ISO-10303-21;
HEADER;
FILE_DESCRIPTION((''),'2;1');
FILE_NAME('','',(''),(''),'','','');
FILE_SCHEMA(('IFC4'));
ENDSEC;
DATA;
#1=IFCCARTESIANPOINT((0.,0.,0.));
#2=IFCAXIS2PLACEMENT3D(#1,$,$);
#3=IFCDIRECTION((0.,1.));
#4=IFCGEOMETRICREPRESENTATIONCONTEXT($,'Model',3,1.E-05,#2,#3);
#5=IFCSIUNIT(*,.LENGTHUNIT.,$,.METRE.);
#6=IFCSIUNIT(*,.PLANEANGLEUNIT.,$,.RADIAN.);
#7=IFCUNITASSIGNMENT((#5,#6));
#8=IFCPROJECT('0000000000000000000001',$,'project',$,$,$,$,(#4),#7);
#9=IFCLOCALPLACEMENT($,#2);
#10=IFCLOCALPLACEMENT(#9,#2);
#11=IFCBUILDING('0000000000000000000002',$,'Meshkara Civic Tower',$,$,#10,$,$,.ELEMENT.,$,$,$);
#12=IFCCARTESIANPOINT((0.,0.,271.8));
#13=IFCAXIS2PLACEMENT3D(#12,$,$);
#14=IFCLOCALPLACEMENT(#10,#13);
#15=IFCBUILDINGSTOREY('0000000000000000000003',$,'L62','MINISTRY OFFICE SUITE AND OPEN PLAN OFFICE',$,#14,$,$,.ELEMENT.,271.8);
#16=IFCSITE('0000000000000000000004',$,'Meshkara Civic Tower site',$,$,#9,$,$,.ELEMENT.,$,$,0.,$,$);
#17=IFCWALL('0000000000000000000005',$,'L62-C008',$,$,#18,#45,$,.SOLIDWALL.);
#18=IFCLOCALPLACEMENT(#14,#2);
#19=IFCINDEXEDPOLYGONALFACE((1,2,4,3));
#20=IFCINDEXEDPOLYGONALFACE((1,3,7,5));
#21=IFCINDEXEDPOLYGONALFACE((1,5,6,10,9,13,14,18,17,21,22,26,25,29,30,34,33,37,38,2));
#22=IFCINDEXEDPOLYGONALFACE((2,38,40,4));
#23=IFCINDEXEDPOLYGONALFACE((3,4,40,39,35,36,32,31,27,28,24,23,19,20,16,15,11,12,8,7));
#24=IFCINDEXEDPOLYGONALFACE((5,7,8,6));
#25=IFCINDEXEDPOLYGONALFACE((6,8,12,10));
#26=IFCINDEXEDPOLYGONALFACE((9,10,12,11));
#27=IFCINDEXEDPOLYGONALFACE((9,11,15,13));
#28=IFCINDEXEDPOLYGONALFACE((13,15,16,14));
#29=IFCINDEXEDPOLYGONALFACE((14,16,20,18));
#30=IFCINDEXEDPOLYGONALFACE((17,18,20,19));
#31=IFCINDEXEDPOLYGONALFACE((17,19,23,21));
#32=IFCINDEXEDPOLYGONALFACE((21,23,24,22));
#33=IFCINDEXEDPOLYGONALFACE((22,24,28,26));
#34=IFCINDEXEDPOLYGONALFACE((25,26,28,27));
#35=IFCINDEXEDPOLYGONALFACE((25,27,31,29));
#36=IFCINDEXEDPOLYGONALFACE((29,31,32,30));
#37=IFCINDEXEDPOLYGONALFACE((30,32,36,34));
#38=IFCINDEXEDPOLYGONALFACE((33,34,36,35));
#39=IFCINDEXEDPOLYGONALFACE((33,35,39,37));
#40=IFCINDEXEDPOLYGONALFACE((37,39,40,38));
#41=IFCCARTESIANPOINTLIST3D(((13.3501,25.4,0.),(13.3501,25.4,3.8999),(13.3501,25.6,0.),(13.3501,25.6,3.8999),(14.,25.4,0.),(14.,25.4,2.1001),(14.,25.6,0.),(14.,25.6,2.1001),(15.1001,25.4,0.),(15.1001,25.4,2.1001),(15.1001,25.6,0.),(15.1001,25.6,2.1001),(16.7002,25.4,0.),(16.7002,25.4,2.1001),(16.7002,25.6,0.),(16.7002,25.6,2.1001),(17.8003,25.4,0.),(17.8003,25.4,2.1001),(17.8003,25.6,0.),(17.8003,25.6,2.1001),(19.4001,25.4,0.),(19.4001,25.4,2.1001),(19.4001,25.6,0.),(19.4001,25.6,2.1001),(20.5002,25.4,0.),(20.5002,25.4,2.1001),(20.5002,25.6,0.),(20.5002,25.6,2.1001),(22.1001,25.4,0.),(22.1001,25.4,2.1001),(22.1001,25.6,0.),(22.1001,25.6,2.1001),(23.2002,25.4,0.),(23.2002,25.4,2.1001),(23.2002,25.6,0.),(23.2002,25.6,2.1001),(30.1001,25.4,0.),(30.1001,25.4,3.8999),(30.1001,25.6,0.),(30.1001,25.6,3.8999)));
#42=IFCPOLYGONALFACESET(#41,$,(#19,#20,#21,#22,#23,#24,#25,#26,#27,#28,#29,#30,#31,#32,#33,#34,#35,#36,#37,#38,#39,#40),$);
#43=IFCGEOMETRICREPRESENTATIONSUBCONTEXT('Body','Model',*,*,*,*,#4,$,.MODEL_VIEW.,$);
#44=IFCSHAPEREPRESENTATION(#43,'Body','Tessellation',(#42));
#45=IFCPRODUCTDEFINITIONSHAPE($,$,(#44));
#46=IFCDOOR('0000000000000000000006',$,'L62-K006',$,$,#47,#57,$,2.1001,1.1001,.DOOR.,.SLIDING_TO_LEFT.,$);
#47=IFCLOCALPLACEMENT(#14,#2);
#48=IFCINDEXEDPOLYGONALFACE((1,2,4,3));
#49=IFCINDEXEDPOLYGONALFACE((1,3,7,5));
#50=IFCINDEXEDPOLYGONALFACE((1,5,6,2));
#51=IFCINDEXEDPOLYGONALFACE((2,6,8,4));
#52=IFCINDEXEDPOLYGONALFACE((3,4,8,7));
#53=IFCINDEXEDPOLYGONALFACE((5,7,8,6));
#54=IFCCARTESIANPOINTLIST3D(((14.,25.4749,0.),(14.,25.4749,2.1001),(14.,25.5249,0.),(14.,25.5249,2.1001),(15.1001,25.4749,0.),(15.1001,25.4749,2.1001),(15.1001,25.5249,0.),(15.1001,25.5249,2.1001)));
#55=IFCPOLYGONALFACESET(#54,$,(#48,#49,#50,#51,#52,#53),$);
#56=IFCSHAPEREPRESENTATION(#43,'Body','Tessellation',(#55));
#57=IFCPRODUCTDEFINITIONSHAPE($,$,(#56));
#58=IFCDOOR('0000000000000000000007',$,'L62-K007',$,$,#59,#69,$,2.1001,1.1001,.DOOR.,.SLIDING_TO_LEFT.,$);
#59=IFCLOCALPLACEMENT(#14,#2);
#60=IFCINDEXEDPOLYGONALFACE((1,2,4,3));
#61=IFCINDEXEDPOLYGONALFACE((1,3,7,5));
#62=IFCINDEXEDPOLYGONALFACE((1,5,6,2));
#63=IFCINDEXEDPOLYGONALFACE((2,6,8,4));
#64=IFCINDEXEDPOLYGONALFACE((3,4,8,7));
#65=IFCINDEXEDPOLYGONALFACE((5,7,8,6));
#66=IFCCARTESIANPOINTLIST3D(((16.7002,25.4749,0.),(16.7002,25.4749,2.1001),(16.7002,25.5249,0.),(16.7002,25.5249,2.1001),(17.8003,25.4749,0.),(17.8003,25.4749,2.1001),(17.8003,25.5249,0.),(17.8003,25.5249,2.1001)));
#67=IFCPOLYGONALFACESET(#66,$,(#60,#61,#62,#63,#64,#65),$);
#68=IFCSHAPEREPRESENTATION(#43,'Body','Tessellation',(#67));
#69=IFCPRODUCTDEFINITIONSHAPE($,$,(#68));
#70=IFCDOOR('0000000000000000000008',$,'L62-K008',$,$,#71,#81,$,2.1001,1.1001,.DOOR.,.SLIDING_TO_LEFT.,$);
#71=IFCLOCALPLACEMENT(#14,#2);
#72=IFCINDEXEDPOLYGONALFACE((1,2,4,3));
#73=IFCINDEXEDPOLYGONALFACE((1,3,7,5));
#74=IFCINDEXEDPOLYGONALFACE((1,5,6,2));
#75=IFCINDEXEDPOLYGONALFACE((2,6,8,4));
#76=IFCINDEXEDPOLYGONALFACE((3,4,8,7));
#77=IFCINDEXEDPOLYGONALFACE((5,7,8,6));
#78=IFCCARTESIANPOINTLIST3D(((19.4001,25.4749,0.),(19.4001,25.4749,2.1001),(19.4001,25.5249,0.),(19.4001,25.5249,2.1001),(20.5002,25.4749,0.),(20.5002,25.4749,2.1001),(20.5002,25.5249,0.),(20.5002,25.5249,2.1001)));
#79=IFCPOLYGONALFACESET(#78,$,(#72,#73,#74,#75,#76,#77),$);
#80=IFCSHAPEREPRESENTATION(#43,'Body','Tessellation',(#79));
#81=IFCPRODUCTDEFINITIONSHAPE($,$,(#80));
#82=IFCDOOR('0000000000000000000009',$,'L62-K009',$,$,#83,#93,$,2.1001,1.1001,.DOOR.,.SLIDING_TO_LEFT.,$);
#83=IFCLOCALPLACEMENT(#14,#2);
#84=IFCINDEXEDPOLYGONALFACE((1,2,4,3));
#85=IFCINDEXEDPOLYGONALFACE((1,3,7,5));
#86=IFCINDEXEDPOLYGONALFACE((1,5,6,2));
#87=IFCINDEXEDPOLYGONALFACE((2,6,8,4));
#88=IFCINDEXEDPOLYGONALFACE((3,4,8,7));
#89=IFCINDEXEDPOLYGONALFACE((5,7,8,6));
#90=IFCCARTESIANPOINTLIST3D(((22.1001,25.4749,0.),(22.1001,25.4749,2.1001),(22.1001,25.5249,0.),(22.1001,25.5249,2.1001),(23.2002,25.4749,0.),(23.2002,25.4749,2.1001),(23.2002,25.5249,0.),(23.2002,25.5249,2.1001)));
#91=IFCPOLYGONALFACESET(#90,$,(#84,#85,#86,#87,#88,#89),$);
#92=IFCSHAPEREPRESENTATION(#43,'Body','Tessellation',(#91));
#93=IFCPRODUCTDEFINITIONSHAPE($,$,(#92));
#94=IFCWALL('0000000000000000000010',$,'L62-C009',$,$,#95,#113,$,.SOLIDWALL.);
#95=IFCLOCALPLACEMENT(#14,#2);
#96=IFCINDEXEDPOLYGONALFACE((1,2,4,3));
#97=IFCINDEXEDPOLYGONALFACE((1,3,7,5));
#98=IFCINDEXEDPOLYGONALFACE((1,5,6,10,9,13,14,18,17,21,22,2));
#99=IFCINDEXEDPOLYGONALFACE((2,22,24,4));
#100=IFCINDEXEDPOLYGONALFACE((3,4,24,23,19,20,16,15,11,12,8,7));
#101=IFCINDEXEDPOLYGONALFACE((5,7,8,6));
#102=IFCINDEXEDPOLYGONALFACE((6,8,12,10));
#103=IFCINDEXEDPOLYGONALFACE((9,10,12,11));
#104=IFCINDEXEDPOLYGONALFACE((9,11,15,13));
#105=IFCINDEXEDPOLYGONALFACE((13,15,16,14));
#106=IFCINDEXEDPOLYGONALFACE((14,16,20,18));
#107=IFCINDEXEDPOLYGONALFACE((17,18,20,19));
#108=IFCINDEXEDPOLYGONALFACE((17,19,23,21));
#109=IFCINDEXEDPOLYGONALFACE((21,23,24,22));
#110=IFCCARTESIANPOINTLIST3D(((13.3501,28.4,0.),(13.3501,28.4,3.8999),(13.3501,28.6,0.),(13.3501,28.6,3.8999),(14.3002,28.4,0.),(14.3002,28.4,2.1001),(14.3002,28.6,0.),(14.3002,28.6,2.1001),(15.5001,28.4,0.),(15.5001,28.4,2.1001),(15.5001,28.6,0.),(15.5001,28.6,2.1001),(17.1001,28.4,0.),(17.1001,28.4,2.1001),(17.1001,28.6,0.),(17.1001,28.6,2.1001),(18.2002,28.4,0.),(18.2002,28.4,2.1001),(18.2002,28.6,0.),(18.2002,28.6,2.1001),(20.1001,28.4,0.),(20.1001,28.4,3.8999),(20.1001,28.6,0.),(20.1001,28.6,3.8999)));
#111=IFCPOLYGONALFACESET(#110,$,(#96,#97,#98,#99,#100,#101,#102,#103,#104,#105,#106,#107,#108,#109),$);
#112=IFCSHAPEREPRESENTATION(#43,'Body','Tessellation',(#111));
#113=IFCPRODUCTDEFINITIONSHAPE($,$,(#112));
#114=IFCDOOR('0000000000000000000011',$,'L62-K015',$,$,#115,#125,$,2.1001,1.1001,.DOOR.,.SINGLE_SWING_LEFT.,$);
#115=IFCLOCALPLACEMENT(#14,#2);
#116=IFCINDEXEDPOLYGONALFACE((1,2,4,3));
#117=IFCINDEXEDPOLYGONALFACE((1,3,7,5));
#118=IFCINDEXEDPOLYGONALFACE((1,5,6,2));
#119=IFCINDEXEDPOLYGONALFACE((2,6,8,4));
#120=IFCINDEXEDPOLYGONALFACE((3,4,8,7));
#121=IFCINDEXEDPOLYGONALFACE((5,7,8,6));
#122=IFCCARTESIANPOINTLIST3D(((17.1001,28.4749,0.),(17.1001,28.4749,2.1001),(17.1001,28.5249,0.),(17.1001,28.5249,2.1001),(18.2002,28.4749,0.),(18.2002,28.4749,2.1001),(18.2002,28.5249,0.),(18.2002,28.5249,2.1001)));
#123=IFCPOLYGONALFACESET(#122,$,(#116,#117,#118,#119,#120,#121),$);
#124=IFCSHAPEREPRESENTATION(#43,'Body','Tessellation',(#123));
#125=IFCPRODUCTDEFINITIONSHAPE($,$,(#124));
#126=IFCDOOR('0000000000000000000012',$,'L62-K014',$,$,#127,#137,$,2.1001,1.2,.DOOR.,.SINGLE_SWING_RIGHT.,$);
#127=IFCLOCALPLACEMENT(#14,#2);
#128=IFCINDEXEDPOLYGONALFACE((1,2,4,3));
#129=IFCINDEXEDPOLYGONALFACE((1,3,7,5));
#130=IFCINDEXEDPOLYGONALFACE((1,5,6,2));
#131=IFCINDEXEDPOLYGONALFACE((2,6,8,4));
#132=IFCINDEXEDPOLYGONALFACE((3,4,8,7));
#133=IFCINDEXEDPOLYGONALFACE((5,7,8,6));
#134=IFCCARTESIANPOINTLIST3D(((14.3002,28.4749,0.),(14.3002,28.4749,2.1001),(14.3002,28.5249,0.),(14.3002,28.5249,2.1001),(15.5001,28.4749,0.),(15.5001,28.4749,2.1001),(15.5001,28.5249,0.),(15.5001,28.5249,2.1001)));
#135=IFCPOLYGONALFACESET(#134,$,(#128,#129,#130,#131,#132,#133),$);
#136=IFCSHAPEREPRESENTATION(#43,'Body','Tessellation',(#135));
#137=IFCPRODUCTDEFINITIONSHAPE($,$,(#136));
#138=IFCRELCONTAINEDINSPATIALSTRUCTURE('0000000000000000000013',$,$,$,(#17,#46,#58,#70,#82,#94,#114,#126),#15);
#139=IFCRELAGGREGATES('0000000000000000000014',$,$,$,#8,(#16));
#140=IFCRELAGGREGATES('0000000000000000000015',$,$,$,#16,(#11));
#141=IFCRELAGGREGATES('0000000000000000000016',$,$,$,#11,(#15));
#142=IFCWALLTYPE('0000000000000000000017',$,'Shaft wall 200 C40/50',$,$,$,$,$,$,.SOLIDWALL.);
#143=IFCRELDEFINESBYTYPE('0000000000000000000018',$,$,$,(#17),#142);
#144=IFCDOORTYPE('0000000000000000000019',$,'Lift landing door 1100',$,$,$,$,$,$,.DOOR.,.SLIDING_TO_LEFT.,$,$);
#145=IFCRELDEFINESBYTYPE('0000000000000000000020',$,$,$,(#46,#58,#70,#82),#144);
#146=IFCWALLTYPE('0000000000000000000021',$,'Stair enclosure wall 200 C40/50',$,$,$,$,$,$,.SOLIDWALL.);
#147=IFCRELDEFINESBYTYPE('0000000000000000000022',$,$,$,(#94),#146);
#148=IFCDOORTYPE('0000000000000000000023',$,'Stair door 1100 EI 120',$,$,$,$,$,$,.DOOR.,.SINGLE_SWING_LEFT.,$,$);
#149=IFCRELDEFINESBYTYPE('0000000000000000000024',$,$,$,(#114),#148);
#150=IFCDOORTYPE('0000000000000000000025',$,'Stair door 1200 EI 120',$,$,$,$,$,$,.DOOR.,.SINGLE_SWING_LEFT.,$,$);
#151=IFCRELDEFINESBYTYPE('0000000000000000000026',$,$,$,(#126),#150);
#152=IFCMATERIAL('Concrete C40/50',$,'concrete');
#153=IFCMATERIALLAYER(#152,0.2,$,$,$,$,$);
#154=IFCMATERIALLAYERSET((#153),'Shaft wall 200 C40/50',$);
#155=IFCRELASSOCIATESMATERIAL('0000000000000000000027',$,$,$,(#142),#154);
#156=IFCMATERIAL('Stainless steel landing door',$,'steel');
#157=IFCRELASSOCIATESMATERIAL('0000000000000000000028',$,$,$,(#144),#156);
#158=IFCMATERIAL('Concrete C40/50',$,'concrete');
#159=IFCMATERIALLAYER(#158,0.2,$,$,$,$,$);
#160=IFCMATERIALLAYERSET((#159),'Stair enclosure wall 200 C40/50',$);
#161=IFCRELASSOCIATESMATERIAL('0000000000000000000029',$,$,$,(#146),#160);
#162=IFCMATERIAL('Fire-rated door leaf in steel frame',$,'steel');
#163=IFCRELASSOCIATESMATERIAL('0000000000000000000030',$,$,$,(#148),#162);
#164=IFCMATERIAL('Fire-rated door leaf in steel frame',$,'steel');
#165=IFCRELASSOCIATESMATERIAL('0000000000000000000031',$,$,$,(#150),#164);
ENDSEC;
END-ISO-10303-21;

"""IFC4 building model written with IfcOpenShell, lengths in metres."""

from ifc_helpers import new_model, si_unit, direction, frame, frame_2d, origin, place, context, subcontext, project, spatial, rectangle, extrude, material, layer, layer_set, type_object, element, fill, save


model = new_model("IFC4")

# Units and contexts
model_context = context("Model", 3, precision=1e-05, world=origin(), true_north=direction((0.0, 1.0)))
body_context = subcontext(model_context, "Body", "Model", "MODEL_VIEW")
ifc_project = project(units=[si_unit("LENGTHUNIT", "METRE"), si_unit("PLANEANGLEUNIT", "RADIAN")], contexts=[model_context])

# Site, building, storey
site_placement = place(None, origin())
site = spatial("IfcSite", under=ifc_project, at=site_placement, Name="Meshkara Civic Tower site", CompositionType="ELEMENT", RefElevation=0.0)
building_placement = place(site_placement, origin())
building = spatial("IfcBuilding", under=site, at=building_placement, Name="Meshkara Civic Tower", CompositionType="ELEMENT")
storey_placement = place(building_placement, frame((0.0, 0.0, 271.8)))
storey = spatial("IfcBuildingStorey", under=building, at=storey_placement, Name="L62", Description="MINISTRY OFFICE SUITE AND OPEN PLAN OFFICE", CompositionType="ELEMENT", Elevation=271.8)

# Walls, openings, doors
ifc_material_1 = material(Name="Concrete C40/50", Category="concrete")
ifc_layer_1 = layer(ifc_material_1, 0.2)
ifc_layer_set_1 = layer_set([ifc_layer_1], Name="Shaft wall 200 C40/50")
wall_type_1 = type_object("IfcWallType", Name="Shaft wall 200 C40/50", PredefinedType="SOLIDWALL", material=ifc_layer_set_1)
wall_1_placement = place(storey_placement, frame((13.3501, 25.5, 0.0), z_axis=(0.0, 0.0, 1.0), x_axis=(1.0, 0.0, 0.0)))
wall_1 = element("IfcWall", 1, at=wall_1_placement, inside=storey, type_object=wall_type_1, Name="L62-C008", PredefinedType="SOLIDWALL", context=body_context, shape_type="SweptSolid", body=[
    extrude(rectangle(XDim=16.75, YDim=0.2, at=frame_2d((8.375, 0.0))), origin(), (0.0, 0.0, 1.0), 3.8999),
])
opening_1_placement = place(wall_1_placement, frame((0.6499, 0.0, 0.0)))
opening_1 = element("IfcOpeningElement", 2, at=opening_1_placement, cuts=wall_1, PredefinedType="OPENING", context=body_context, shape_type="SweptSolid", body=[
    extrude(rectangle(XDim=1.1001, YDim=2.1001, at=frame_2d((0.55, 1.05))), frame((0.0, 0.1099, 0.0), z_axis=(0.0, -1.0, 0.0), x_axis=(1.0, 0.0, 0.0)), (0.0, 0.0, 1.0), 0.22),
])
opening_2_placement = place(wall_1_placement, frame((3.3501, 0.0, 0.0)))
opening_2 = element("IfcOpeningElement", 3, at=opening_2_placement, cuts=wall_1, PredefinedType="OPENING", context=body_context, shape_type="SweptSolid", body=[
    extrude(rectangle(XDim=1.1001, YDim=2.1001, at=frame_2d((0.55, 1.05))), frame((0.0, 0.1099, 0.0), z_axis=(0.0, -1.0, 0.0), x_axis=(1.0, 0.0, 0.0)), (0.0, 0.0, 1.0), 0.22),
])
opening_3_placement = place(wall_1_placement, frame((6.05, 0.0, 0.0)))
opening_3 = element("IfcOpeningElement", 4, at=opening_3_placement, cuts=wall_1, PredefinedType="OPENING", context=body_context, shape_type="SweptSolid", body=[
    extrude(rectangle(XDim=1.1001, YDim=2.1001, at=frame_2d((0.55, 1.05))), frame((0.0, 0.1099, 0.0), z_axis=(0.0, -1.0, 0.0), x_axis=(1.0, 0.0, 0.0)), (0.0, 0.0, 1.0), 0.22),
])
opening_4_placement = place(wall_1_placement, frame((8.75, 0.0, 0.0)))
opening_4 = element("IfcOpeningElement", 5, at=opening_4_placement, cuts=wall_1, PredefinedType="OPENING", context=body_context, shape_type="SweptSolid", body=[
    extrude(rectangle(XDim=1.1001, YDim=2.1001, at=frame_2d((0.55, 1.05))), frame((0.0, 0.1099, 0.0), z_axis=(0.0, -1.0, 0.0), x_axis=(1.0, 0.0, 0.0)), (0.0, 0.0, 1.0), 0.22),
])
ifc_material_2 = material(Name="Stainless steel landing door", Category="steel")
door_type_1 = type_object("IfcDoorType", Name="Lift landing door 1100", OperationType="SLIDING_TO_LEFT", PredefinedType="DOOR", material=ifc_material_2)
door_1_placement = place(opening_1_placement, origin())
door_1 = element("IfcDoor", 6, at=door_1_placement, inside=storey, type_object=door_type_1, Name="L62-K006", OperationType="SLIDING_TO_LEFT", OverallHeight=2.1001, OverallWidth=1.1001, PredefinedType="DOOR", context=body_context, shape_type="SweptSolid", body=[
    extrude(rectangle(XDim=1.1001, YDim=2.1001, at=frame_2d((0.55, 1.05))), frame((0.0, 0.0249, 0.0), z_axis=(0.0, -1.0, 0.0), x_axis=(1.0, 0.0, 0.0)), (0.0, 0.0, 1.0), 0.05),
])
fill(opening_1, door_1)
door_2_placement = place(opening_2_placement, origin())
door_2 = element("IfcDoor", 7, at=door_2_placement, inside=storey, type_object=door_type_1, Name="L62-K007", OperationType="SLIDING_TO_LEFT", OverallHeight=2.1001, OverallWidth=1.1001, PredefinedType="DOOR", context=body_context, shape_type="SweptSolid", body=[
    extrude(rectangle(XDim=1.1001, YDim=2.1001, at=frame_2d((0.55, 1.05))), frame((0.0, 0.0249, 0.0), z_axis=(0.0, -1.0, 0.0), x_axis=(1.0, 0.0, 0.0)), (0.0, 0.0, 1.0), 0.05),
])
fill(opening_2, door_2)
door_3_placement = place(opening_3_placement, origin())
door_3 = element("IfcDoor", 8, at=door_3_placement, inside=storey, type_object=door_type_1, Name="L62-K008", OperationType="SLIDING_TO_LEFT", OverallHeight=2.1001, OverallWidth=1.1001, PredefinedType="DOOR", context=body_context, shape_type="SweptSolid", body=[
    extrude(rectangle(XDim=1.1001, YDim=2.1001, at=frame_2d((0.55, 1.05))), frame((0.0, 0.0249, 0.0), z_axis=(0.0, -1.0, 0.0), x_axis=(1.0, 0.0, 0.0)), (0.0, 0.0, 1.0), 0.05),
])
fill(opening_3, door_3)
door_4_placement = place(opening_4_placement, origin())
door_4 = element("IfcDoor", 9, at=door_4_placement, inside=storey, type_object=door_type_1, Name="L62-K009", OperationType="SLIDING_TO_LEFT", OverallHeight=2.1001, OverallWidth=1.1001, PredefinedType="DOOR", context=body_context, shape_type="SweptSolid", body=[
    extrude(rectangle(XDim=1.1001, YDim=2.1001, at=frame_2d((0.55, 1.05))), frame((0.0, 0.0249, 0.0), z_axis=(0.0, -1.0, 0.0), x_axis=(1.0, 0.0, 0.0)), (0.0, 0.0, 1.0), 0.05),
])
fill(opening_4, door_4)
ifc_material_3 = material(Name="Concrete C40/50", Category="concrete")
ifc_layer_2 = layer(ifc_material_3, 0.2)
ifc_layer_set_2 = layer_set([ifc_layer_2], Name="Stair enclosure wall 200 C40/50")
wall_type_2 = type_object("IfcWallType", Name="Stair enclosure wall 200 C40/50", PredefinedType="SOLIDWALL", material=ifc_layer_set_2)
wall_2_placement = place(storey_placement, frame((13.3501, 28.5, 0.0), z_axis=(0.0, 0.0, 1.0), x_axis=(1.0, 0.0, 0.0)))
wall_2 = element("IfcWall", 10, at=wall_2_placement, inside=storey, type_object=wall_type_2, Name="L62-C009", PredefinedType="SOLIDWALL", context=body_context, shape_type="SweptSolid", body=[
    extrude(rectangle(XDim=6.75, YDim=0.2, at=frame_2d((3.375, 0.0))), origin(), (0.0, 0.0, 1.0), 3.8999),
])
opening_5_placement = place(wall_2_placement, frame((0.95, 0.0, 0.0)))
opening_5 = element("IfcOpeningElement", 11, at=opening_5_placement, cuts=wall_2, PredefinedType="OPENING", context=body_context, shape_type="SweptSolid", body=[
    extrude(rectangle(XDim=1.2, YDim=2.1001, at=frame_2d((0.6001, 1.05))), frame((0.0, 0.1099, 0.0), z_axis=(0.0, -1.0, 0.0), x_axis=(1.0, 0.0, 0.0)), (0.0, 0.0, 1.0), 0.22),
])
opening_6_placement = place(wall_2_placement, frame((3.75, 0.0, 0.0)))
opening_6 = element("IfcOpeningElement", 12, at=opening_6_placement, cuts=wall_2, PredefinedType="OPENING", context=body_context, shape_type="SweptSolid", body=[
    extrude(rectangle(XDim=1.1001, YDim=2.1001, at=frame_2d((0.55, 1.05))), frame((0.0, 0.1099, 0.0), z_axis=(0.0, -1.0, 0.0), x_axis=(1.0, 0.0, 0.0)), (0.0, 0.0, 1.0), 0.22),
])
ifc_material_4 = material(Name="Fire-rated door leaf in steel frame", Category="steel")
door_type_2 = type_object("IfcDoorType", Name="Stair door 1100 EI 120", OperationType="SINGLE_SWING_LEFT", PredefinedType="DOOR", material=ifc_material_4)
door_5_placement = place(opening_6_placement, origin())
door_5 = element("IfcDoor", 13, at=door_5_placement, inside=storey, type_object=door_type_2, Name="L62-K015", OperationType="SINGLE_SWING_LEFT", OverallHeight=2.1001, OverallWidth=1.1001, PredefinedType="DOOR", context=body_context, shape_type="SweptSolid", body=[
    extrude(rectangle(XDim=1.1001, YDim=2.1001, at=frame_2d((0.55, 1.05))), frame((0.0, 0.0249, 0.0), z_axis=(0.0, -1.0, 0.0), x_axis=(1.0, 0.0, 0.0)), (0.0, 0.0, 1.0), 0.05),
])
fill(opening_6, door_5)
ifc_material_5 = material(Name="Fire-rated door leaf in steel frame", Category="steel")
door_type_3 = type_object("IfcDoorType", Name="Stair door 1200 EI 120", OperationType="SINGLE_SWING_LEFT", PredefinedType="DOOR", material=ifc_material_5)
door_6_placement = place(opening_5_placement, origin())
door_6 = element("IfcDoor", 14, at=door_6_placement, inside=storey, type_object=door_type_3, Name="L62-K014", OperationType="SINGLE_SWING_RIGHT", OverallHeight=2.1001, OverallWidth=1.2, PredefinedType="DOOR", context=body_context, shape_type="SweptSolid", body=[
    extrude(rectangle(XDim=1.2, YDim=2.1001, at=frame_2d((0.6001, 1.05))), frame((0.0, 0.0249, 0.0), z_axis=(0.0, -1.0, 0.0), x_axis=(1.0, 0.0, 0.0)), (0.0, 0.0, 1.0), 0.05),
])
fill(opening_5, door_6)

save(model, "model.ifc")
